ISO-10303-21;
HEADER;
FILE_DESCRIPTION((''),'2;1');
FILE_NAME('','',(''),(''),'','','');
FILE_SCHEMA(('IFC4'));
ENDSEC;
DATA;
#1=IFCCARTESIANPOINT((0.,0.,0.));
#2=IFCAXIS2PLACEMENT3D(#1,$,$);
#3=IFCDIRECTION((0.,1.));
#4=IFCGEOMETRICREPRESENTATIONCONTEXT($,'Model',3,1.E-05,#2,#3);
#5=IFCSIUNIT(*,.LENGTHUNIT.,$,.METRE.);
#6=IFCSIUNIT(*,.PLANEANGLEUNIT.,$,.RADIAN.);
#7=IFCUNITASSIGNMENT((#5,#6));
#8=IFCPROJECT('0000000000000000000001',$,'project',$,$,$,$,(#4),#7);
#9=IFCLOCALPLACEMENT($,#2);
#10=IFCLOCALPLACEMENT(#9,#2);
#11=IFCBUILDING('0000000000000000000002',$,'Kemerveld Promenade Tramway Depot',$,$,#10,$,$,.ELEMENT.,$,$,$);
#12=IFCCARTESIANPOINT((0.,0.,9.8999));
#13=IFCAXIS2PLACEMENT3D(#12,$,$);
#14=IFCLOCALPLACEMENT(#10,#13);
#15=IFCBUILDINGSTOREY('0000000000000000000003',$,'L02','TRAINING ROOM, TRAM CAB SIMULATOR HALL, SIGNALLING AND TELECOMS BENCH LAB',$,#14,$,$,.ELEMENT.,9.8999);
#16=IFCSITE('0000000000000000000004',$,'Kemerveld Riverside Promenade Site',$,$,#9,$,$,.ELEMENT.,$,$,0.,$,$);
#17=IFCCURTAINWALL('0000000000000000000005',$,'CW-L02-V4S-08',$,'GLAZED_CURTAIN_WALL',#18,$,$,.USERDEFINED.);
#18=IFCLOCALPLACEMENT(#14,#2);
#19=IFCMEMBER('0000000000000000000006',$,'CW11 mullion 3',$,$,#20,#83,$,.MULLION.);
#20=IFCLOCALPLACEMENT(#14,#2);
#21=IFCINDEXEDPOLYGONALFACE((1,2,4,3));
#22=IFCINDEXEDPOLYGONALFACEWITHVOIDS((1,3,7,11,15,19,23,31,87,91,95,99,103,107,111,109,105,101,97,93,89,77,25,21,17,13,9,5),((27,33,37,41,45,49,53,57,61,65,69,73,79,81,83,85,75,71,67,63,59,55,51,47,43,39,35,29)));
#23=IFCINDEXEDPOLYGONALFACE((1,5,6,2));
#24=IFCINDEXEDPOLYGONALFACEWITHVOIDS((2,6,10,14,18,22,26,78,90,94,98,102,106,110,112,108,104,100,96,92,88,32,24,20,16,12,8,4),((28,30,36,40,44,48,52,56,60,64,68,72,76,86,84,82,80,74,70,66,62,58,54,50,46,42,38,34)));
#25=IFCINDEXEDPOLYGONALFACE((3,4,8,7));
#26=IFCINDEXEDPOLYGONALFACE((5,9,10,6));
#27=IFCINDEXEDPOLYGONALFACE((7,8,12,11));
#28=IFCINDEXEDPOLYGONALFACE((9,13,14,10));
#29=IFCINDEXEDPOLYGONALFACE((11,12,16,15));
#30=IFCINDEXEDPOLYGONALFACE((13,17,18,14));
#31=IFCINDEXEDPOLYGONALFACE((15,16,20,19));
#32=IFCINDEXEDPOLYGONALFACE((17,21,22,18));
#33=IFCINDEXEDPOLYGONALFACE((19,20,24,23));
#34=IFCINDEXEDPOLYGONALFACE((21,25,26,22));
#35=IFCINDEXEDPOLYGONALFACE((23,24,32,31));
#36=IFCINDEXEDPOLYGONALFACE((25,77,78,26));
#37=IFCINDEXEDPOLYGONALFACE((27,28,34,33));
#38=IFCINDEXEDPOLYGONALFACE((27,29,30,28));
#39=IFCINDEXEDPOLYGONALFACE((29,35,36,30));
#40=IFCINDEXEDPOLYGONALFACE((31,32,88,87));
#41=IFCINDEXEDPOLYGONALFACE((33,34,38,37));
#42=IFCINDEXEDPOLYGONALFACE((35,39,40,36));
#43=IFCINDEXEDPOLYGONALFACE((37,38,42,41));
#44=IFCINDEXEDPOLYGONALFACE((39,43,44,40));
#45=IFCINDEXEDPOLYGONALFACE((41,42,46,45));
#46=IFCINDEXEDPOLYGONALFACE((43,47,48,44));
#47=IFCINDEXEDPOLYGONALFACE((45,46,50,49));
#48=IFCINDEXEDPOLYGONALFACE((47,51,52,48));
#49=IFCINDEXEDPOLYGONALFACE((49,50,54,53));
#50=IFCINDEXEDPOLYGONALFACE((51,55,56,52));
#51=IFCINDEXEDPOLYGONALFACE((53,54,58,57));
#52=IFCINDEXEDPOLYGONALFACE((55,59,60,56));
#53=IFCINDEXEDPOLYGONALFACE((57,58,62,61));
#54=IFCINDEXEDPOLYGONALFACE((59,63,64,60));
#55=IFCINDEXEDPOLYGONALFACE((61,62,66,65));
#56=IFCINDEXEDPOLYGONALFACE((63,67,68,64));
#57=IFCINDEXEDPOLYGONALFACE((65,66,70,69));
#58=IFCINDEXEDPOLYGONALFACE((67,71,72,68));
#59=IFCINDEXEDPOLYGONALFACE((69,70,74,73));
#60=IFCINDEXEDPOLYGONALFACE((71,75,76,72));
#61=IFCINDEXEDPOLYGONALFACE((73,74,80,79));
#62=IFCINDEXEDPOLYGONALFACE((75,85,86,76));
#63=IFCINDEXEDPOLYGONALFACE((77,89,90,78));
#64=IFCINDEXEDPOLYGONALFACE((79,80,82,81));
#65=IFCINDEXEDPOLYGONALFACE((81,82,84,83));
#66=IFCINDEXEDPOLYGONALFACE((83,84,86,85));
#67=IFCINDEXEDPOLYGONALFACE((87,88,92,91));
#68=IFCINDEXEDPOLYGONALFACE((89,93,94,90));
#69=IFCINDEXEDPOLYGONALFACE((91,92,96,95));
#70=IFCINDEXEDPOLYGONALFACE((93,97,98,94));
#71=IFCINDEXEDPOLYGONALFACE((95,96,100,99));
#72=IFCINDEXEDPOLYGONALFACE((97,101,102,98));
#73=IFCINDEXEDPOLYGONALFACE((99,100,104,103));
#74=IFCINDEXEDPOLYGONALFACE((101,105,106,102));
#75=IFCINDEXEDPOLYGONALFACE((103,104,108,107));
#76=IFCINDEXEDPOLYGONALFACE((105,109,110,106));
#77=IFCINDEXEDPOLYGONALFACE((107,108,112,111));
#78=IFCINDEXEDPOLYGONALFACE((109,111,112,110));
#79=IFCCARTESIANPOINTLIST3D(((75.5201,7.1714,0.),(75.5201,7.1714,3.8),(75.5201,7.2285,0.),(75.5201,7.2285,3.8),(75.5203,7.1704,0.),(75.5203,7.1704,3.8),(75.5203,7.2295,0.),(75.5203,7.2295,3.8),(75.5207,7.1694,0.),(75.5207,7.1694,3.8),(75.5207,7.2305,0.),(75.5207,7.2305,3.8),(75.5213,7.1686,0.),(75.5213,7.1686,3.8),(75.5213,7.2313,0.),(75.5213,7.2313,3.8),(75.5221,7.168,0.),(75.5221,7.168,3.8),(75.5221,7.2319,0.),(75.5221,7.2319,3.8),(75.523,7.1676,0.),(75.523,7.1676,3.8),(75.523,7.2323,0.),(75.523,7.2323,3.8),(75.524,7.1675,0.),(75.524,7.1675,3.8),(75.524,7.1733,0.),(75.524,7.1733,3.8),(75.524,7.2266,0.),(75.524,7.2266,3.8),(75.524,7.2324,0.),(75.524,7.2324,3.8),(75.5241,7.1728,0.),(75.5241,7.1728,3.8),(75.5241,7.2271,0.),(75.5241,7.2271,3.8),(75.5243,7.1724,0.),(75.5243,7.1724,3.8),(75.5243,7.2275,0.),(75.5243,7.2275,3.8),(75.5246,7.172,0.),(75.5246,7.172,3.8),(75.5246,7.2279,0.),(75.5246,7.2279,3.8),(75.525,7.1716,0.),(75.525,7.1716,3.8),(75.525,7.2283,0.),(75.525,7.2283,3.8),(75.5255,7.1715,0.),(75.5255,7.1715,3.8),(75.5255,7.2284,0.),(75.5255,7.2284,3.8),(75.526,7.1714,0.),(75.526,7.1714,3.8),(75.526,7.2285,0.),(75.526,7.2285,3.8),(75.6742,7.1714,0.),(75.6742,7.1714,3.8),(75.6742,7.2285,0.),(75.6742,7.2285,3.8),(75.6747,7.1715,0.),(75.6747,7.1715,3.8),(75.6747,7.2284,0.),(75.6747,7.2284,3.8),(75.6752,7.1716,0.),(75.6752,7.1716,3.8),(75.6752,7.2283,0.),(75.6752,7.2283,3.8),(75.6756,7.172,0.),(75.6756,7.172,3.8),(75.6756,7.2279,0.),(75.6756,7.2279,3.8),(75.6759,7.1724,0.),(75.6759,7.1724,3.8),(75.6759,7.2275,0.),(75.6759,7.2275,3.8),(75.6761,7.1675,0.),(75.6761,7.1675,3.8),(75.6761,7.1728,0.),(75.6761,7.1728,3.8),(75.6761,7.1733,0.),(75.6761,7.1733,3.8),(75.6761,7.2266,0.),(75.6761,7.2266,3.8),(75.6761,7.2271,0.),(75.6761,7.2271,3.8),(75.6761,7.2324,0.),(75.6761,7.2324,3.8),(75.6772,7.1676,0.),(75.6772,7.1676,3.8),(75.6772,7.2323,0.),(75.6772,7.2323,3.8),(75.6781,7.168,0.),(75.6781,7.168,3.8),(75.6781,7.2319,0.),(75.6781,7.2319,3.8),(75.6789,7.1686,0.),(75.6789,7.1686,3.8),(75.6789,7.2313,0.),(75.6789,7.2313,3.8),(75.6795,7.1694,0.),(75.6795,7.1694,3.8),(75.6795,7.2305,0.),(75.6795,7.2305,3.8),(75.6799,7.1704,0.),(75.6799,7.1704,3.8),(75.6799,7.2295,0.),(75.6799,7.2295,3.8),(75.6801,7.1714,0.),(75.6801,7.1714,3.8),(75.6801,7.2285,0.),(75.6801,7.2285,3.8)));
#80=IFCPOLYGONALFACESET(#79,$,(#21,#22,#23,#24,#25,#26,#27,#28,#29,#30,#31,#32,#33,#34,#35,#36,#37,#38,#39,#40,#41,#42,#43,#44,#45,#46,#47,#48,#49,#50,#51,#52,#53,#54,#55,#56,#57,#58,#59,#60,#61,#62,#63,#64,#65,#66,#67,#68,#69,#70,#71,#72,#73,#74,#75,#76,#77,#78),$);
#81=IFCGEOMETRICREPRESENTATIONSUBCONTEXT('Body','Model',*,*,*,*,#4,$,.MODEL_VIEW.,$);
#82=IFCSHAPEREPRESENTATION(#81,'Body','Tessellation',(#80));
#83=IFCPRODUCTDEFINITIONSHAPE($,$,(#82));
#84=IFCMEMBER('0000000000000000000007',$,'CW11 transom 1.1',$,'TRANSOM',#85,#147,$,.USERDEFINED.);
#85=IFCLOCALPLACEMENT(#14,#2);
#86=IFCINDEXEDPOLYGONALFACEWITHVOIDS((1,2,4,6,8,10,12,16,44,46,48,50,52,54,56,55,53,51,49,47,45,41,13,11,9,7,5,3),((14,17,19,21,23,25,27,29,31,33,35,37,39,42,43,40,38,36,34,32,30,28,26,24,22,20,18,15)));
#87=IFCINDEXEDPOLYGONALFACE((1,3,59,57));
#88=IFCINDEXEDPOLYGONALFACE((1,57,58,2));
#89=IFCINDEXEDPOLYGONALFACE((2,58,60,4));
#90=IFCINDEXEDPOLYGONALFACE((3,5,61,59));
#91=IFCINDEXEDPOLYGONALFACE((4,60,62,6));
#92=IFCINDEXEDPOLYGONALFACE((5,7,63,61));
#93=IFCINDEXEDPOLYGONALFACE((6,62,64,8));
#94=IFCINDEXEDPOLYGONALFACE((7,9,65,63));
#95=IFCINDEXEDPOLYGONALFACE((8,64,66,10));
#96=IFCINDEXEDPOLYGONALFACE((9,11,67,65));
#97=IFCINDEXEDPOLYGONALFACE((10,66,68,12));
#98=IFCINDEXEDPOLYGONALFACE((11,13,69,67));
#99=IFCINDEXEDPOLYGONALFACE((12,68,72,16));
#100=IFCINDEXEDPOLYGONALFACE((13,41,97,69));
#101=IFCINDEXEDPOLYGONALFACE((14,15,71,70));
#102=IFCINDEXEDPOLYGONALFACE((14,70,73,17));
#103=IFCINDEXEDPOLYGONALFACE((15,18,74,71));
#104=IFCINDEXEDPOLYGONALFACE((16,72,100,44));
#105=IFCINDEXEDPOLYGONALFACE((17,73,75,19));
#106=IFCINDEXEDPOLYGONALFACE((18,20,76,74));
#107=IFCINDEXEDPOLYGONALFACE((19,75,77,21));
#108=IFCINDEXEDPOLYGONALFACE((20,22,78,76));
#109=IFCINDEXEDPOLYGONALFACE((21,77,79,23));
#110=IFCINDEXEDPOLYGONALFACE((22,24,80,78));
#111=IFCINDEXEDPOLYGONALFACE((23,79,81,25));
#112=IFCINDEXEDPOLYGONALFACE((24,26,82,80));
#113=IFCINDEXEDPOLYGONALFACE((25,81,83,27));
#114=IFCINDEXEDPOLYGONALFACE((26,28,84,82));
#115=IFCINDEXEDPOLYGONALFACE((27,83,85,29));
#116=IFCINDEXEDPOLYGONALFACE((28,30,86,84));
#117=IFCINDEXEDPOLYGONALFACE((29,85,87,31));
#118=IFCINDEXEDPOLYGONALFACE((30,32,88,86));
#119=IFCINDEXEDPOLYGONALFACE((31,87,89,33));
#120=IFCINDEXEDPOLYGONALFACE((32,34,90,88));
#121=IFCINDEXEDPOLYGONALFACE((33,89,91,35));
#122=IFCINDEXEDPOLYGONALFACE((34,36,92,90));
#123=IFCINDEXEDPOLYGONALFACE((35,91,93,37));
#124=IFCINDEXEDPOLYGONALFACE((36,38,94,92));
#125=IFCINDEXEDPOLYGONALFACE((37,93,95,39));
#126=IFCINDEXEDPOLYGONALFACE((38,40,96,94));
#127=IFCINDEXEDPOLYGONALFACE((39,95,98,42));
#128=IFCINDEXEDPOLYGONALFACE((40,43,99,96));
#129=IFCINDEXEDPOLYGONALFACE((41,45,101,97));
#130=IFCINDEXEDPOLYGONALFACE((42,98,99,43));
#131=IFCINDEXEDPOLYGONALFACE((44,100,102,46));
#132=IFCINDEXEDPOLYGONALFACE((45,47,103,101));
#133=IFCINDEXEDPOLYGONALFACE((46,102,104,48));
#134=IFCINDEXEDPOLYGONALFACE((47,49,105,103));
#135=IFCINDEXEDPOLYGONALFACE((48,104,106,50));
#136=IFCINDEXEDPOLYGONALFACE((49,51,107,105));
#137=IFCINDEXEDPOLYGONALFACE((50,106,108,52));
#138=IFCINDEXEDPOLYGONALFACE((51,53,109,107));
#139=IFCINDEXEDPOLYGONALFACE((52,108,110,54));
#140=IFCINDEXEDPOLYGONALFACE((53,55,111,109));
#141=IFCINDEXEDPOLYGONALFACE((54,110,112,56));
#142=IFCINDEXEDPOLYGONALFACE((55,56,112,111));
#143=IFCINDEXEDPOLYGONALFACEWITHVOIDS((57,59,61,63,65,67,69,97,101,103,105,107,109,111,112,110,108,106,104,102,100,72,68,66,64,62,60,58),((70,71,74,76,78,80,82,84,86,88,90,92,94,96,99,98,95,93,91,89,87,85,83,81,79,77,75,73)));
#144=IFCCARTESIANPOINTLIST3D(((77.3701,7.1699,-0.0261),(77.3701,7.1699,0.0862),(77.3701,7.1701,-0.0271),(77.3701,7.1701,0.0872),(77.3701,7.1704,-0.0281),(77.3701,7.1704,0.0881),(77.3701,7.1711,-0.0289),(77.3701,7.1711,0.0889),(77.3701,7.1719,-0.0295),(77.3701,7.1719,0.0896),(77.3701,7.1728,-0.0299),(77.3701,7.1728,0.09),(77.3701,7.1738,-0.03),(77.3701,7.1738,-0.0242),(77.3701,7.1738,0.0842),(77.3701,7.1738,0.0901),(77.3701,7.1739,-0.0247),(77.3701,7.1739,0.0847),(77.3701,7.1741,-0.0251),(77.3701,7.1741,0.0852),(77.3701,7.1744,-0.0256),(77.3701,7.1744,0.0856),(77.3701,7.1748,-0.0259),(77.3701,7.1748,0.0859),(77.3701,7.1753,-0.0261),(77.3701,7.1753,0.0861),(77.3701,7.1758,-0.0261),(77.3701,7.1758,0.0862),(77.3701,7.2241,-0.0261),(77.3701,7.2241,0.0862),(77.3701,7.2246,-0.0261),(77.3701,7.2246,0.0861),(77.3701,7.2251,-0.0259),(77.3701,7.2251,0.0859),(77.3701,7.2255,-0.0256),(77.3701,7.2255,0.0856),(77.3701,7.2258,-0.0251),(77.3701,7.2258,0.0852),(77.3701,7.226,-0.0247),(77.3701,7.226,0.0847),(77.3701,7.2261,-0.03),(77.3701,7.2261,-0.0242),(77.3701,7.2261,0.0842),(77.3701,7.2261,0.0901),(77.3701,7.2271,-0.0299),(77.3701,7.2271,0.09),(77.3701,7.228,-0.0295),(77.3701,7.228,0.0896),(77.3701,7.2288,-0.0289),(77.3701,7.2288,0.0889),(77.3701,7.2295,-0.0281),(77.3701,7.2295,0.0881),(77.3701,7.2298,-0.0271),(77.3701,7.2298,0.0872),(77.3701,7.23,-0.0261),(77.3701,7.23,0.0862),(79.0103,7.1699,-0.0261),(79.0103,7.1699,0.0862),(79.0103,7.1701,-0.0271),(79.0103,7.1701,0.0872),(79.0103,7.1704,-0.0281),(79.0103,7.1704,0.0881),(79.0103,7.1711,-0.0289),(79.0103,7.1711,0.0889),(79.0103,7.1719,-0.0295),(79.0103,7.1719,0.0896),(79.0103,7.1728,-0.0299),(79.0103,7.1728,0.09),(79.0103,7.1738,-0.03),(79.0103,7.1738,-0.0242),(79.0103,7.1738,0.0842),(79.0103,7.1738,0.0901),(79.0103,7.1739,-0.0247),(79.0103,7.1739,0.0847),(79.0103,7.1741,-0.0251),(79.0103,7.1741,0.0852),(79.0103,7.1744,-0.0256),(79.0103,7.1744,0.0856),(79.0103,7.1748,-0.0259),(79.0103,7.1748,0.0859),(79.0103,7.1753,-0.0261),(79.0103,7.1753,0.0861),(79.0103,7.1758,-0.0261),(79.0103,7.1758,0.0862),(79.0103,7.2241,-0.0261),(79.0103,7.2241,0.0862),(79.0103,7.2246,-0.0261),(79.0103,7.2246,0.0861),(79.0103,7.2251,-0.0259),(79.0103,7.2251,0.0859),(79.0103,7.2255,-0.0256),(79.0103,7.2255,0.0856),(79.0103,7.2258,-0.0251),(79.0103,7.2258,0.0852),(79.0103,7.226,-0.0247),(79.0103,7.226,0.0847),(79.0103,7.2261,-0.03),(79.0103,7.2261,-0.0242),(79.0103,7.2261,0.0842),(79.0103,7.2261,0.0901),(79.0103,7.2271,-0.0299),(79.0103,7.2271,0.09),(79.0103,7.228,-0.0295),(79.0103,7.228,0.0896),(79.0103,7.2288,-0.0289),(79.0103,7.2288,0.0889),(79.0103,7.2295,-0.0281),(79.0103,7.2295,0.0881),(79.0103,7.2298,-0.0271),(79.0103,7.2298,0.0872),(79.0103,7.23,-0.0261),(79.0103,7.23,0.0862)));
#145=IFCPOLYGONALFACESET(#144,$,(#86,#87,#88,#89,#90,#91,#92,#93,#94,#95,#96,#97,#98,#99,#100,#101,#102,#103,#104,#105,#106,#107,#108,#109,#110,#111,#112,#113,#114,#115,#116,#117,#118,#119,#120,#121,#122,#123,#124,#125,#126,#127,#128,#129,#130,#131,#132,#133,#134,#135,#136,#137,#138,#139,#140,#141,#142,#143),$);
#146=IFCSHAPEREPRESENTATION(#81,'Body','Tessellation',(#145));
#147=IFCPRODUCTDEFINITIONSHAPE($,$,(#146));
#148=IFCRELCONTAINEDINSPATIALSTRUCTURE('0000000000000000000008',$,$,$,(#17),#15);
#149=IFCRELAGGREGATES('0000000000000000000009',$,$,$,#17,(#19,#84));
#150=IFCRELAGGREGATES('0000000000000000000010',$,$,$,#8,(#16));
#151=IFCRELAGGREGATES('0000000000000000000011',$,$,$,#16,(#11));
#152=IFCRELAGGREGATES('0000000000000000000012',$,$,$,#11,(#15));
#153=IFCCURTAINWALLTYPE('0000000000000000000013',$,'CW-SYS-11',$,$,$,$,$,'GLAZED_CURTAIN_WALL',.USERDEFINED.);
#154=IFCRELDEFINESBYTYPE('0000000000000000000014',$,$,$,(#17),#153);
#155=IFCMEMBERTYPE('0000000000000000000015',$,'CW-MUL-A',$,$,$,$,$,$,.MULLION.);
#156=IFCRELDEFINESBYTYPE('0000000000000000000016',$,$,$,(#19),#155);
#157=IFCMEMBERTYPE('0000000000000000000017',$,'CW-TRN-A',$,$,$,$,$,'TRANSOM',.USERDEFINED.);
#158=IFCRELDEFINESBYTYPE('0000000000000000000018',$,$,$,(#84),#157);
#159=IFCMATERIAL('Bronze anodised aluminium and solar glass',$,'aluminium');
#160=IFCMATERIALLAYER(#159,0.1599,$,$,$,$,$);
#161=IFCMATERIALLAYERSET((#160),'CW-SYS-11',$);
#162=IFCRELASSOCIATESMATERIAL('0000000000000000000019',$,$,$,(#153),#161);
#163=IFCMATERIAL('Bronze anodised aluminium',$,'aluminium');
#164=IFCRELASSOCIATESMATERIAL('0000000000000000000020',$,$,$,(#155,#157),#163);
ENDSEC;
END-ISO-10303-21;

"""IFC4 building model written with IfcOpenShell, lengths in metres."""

from ifc_helpers import new_model, si_unit, direction, frame, origin, origin_2d, place, context, subcontext, project, spatial, hollow_rectangle, extrude, material, layer, layer_set, material_profile, profile_set, type_object, element, aggregate, save


model = new_model("IFC4")

# Units and contexts
model_context = context("Model", 3, precision=1e-05, world=origin(), true_north=direction((0.0, 1.0)))
body_context = subcontext(model_context, "Body", "Model", "MODEL_VIEW")
ifc_project = project(units=[si_unit("LENGTHUNIT", "METRE"), si_unit("PLANEANGLEUNIT", "RADIAN")], contexts=[model_context])

# Site, building, storey
site_placement = place(None, origin())
site = spatial("IfcSite", under=ifc_project, at=site_placement, Name="Kemerveld Riverside Promenade Site", CompositionType="ELEMENT", RefElevation=0.0)
building_placement = place(site_placement, origin())
building = spatial("IfcBuilding", under=site, at=building_placement, Name="Kemerveld Promenade Tramway Depot", CompositionType="ELEMENT")
storey_placement = place(building_placement, frame((0.0, 0.0, 9.8999)))
storey = spatial("IfcBuildingStorey", under=building, at=storey_placement, Name="L02", Description="TRAINING ROOM, TRAM CAB SIMULATOR HALL, SIGNALLING AND TELECOMS BENCH LAB", CompositionType="ELEMENT", Elevation=9.8999)

# Curtain wall, members
ifc_material_1 = material(Name="Bronze anodised aluminium and solar glass", Category="aluminium")
ifc_layer_1 = layer(ifc_material_1, 0.1599)
ifc_layer_set_1 = layer_set([ifc_layer_1], Name="CW-SYS-11")
curtain_wall_type = type_object("IfcCurtainWallType", Name="CW-SYS-11", ElementType="GLAZED_CURTAIN_WALL", PredefinedType="USERDEFINED", material=ifc_layer_set_1)
curtain_wall_placement = place(storey_placement, origin())
curtain_wall = element("IfcCurtainWall", 1, at=curtain_wall_placement, inside=storey, type_object=curtain_wall_type, Name="CW-L02-V4S-08", ObjectType="GLAZED_CURTAIN_WALL", PredefinedType="USERDEFINED")
ifc_material_2 = material(Name="Bronze anodised aluminium", Category="aluminium")
ifc_material_profile_1 = material_profile(ifc_material_2, hollow_rectangle(XDim=0.0649, YDim=0.1599, WallThickness=0.0039, InnerFilletRadius=0.002, OuterFilletRadius=0.0039, at=origin_2d()), Name="CW-MUL-160x65")
ifc_profile_set_1 = profile_set([ifc_material_profile_1], Name="Bronze anodised aluminium")
member_type_1 = type_object("IfcMemberType", Name="CW-MUL-A", PredefinedType="MULLION", material=ifc_profile_set_1)
member_1_placement = place(storey_placement, frame((75.6001, 7.2, 0.0), z_axis=(0.0, 0.0, 1.0), x_axis=(0.0, -1.0, 0.0)))
member_1 = element("IfcMember", 2, at=member_1_placement, type_object=member_type_1, Name="CW11 mullion 3", PredefinedType="MULLION", context=body_context, shape_type="SweptSolid", body=[
    extrude(hollow_rectangle(XDim=0.0649, YDim=0.1599, WallThickness=0.0039, InnerFilletRadius=0.002, OuterFilletRadius=0.0039, at=origin_2d()), origin(), (0.0, 0.0, 1.0), 3.8),
])
ifc_material_profile_2 = material_profile(ifc_material_2, hollow_rectangle(XDim=0.0601, YDim=0.1201, WallThickness=0.0039, InnerFilletRadius=0.002, OuterFilletRadius=0.0039, at=origin_2d()), Name="CW-TRN-120x60")
ifc_profile_set_2 = profile_set([ifc_material_profile_2], Name="Bronze anodised aluminium")
member_type_2 = type_object("IfcMemberType", Name="CW-TRN-A", ElementType="TRANSOM", PredefinedType="USERDEFINED", material=ifc_profile_set_2)
member_2_placement = place(storey_placement, frame((79.0103, 7.2, 0.03), z_axis=(-1.0, 0.0, 0.0), x_axis=(0.0, -1.0, 0.0)))
member_2 = element("IfcMember", 3, at=member_2_placement, type_object=member_type_2, Name="CW11 transom 1.1", ObjectType="TRANSOM", PredefinedType="USERDEFINED", context=body_context, shape_type="SweptSolid", body=[
    extrude(hollow_rectangle(XDim=0.0601, YDim=0.1201, WallThickness=0.0039, InnerFilletRadius=0.002, OuterFilletRadius=0.0039, at=origin_2d()), origin(), (0.0, 0.0, 1.0), 1.6401),
])
aggregate(curtain_wall, [member_1, member_2])

save(model, "model.ifc")
